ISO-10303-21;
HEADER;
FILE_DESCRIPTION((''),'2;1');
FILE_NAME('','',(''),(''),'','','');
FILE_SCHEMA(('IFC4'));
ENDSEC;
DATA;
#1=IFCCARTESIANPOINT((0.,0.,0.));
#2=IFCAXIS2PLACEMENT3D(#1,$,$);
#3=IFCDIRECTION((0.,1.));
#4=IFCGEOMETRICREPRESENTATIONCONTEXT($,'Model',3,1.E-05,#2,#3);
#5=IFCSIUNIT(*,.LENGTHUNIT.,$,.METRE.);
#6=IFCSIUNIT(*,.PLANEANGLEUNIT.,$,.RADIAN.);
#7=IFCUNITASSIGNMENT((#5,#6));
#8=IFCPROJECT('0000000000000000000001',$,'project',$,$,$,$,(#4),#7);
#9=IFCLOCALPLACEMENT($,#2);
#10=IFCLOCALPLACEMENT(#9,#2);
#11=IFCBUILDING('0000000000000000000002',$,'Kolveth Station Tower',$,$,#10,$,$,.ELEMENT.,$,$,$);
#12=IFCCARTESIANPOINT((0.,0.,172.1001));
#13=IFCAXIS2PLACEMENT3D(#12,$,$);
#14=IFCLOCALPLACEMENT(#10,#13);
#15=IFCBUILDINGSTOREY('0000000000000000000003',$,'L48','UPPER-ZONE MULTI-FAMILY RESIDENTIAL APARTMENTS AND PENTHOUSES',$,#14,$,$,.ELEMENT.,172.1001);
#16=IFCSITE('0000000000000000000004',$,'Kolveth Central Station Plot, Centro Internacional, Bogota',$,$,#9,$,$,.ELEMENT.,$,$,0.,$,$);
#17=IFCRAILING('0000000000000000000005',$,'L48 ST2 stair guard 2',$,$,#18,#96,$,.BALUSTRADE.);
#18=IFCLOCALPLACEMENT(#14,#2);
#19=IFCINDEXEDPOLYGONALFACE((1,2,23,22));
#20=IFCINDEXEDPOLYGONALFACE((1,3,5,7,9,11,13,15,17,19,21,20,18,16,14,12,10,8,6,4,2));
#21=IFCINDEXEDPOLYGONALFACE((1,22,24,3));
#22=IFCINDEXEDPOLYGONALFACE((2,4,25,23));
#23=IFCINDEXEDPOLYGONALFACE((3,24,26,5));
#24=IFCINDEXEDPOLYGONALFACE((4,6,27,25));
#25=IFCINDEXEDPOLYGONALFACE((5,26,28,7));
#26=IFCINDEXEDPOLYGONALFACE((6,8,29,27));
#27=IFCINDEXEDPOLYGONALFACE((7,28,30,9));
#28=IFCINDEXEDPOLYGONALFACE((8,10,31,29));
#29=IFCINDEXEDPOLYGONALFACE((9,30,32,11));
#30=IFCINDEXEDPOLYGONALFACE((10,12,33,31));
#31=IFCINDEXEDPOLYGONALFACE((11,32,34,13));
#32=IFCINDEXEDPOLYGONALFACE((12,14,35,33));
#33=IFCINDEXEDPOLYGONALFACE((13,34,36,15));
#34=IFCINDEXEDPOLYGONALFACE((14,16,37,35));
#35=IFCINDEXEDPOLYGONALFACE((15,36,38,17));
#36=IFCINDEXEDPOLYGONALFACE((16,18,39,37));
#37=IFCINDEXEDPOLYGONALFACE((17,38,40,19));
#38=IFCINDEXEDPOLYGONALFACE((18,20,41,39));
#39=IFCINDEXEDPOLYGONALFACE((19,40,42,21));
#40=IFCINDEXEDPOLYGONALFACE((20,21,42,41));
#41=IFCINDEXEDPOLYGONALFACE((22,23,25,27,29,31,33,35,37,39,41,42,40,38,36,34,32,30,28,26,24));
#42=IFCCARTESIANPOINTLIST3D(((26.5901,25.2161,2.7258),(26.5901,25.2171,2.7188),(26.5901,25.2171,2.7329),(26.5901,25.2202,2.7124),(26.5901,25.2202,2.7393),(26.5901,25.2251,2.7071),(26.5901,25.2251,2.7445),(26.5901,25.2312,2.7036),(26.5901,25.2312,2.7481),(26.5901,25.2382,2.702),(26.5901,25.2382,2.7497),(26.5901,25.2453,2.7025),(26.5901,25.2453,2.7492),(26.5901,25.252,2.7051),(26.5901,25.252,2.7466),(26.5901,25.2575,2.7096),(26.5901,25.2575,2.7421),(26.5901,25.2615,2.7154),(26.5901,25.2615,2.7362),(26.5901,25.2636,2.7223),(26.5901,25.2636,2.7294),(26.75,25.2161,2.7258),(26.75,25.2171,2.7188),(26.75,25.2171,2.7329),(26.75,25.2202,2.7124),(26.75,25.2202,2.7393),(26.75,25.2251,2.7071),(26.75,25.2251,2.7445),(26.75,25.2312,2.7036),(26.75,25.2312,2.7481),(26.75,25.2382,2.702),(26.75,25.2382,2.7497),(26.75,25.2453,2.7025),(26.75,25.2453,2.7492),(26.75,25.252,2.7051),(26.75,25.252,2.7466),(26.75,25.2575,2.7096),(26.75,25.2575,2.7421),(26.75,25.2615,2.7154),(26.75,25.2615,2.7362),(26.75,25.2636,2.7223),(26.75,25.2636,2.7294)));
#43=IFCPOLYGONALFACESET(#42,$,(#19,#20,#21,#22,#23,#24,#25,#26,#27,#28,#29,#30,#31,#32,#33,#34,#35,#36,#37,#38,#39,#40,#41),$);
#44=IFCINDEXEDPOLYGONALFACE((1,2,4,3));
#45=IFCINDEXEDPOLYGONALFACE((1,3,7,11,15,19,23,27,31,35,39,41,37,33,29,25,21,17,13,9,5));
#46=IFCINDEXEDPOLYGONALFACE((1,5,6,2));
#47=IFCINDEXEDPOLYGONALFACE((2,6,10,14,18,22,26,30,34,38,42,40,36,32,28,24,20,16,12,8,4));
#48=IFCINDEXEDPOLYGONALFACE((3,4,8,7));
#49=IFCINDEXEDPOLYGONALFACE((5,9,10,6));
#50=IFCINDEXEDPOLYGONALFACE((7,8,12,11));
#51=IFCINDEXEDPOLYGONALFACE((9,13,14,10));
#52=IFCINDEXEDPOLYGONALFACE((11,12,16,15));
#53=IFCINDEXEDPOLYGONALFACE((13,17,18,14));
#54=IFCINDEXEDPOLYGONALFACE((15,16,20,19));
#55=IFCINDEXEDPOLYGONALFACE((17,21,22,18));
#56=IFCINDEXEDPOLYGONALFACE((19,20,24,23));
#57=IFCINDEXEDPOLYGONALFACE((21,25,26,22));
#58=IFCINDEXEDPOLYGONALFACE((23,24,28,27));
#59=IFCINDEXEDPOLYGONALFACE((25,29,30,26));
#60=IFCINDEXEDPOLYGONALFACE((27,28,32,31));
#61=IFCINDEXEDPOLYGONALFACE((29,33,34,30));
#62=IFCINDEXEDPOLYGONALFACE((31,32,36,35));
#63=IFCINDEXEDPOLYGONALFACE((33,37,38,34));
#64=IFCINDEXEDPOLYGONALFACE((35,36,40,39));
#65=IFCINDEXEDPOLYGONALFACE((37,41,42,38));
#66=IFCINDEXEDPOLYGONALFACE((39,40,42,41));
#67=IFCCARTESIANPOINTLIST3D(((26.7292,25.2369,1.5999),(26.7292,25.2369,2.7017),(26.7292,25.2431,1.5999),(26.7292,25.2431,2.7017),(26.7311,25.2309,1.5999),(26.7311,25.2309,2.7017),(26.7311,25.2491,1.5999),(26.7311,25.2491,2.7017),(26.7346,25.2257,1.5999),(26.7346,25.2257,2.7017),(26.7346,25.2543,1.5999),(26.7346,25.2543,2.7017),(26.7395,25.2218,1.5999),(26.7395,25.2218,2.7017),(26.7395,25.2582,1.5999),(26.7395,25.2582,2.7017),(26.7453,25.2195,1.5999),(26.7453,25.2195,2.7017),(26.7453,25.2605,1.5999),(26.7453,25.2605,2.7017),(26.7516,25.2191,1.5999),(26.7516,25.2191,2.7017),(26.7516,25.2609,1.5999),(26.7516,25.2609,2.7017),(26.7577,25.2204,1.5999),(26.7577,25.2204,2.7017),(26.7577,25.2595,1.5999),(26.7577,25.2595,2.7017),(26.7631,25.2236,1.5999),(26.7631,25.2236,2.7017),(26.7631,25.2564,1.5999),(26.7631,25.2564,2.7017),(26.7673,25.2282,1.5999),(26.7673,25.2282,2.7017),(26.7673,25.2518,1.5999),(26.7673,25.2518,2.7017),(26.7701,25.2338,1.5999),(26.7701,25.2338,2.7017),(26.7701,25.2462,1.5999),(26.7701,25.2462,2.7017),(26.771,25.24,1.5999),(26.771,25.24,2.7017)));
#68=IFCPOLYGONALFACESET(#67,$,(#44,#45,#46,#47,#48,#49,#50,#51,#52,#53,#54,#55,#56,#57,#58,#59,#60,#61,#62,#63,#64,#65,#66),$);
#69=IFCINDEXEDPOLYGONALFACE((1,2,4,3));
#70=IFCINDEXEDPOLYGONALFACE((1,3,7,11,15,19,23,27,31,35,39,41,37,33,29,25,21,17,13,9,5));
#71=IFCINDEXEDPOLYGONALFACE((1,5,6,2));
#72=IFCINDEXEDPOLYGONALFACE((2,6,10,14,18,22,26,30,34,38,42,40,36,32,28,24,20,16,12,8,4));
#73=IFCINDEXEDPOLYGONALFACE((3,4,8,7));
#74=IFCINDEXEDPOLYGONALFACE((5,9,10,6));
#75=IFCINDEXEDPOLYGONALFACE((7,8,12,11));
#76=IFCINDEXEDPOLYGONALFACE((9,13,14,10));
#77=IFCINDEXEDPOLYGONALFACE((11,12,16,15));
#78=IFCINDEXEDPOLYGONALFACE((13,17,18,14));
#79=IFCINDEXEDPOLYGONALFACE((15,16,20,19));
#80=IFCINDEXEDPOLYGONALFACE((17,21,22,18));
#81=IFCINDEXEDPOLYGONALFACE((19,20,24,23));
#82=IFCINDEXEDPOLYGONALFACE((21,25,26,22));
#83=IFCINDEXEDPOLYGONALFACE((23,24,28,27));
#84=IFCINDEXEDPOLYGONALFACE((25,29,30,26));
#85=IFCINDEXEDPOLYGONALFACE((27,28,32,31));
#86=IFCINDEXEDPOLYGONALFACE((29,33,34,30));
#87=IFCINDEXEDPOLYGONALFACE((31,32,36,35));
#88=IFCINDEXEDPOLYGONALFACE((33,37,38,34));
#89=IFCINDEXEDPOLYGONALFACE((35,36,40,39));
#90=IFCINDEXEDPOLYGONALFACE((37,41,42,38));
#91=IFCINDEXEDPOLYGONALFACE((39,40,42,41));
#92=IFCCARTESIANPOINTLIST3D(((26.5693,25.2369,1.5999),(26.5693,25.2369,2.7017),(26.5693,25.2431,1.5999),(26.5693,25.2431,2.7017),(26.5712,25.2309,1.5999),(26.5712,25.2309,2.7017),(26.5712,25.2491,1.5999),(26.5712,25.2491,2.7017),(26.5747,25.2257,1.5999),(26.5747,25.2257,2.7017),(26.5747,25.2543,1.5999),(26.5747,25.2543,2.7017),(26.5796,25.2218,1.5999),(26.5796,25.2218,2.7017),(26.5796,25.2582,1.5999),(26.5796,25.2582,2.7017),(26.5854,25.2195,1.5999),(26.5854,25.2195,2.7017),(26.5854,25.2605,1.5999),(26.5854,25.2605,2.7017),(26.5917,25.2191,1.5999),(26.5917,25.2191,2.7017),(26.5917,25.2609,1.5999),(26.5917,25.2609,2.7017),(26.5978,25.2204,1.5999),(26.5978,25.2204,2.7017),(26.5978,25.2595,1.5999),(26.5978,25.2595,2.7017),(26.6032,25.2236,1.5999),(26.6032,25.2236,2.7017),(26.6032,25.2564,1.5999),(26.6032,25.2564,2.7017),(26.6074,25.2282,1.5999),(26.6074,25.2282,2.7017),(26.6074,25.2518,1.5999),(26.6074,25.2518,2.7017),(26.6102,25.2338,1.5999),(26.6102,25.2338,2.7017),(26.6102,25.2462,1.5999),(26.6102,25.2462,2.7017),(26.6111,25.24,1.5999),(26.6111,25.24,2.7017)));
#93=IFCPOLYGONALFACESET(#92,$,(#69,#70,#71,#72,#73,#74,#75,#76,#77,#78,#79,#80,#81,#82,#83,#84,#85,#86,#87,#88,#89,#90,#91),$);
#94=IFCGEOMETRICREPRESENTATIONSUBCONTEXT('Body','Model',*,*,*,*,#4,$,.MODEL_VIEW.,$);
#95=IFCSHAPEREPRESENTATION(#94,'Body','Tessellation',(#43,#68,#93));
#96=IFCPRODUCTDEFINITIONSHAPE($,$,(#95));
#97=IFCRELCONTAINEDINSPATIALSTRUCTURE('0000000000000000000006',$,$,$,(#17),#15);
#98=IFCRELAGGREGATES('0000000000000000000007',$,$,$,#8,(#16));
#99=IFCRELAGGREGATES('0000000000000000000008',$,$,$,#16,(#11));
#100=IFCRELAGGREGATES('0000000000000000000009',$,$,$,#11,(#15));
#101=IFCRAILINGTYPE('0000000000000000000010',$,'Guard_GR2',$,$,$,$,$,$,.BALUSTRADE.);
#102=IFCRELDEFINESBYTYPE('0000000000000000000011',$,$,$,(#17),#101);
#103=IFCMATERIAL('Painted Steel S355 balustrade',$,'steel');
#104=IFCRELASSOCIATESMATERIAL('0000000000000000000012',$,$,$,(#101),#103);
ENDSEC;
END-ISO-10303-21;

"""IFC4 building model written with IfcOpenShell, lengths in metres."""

from ifc_helpers import new_model, si_unit, direction, frame, origin, origin_2d, place, context, subcontext, project, spatial, circle, extrude, material, type_object, element, save


model = new_model("IFC4")

# Units and contexts
model_context = context("Model", 3, precision=1e-05, world=origin(), true_north=direction((0.0, 1.0)))
body_context = subcontext(model_context, "Body", "Model", "MODEL_VIEW")
ifc_project = project(units=[si_unit("LENGTHUNIT", "METRE"), si_unit("PLANEANGLEUNIT", "RADIAN")], contexts=[model_context])

# Site, building, storey
site_placement = place(None, origin())
site = spatial("IfcSite", under=ifc_project, at=site_placement, Name="Kolveth Central Station Plot, Centro Internacional, Bogota", CompositionType="ELEMENT", RefElevation=0.0)
building_placement = place(site_placement, origin())
building = spatial("IfcBuilding", under=site, at=building_placement, Name="Kolveth Station Tower", CompositionType="ELEMENT")
storey_placement = place(building_placement, frame((0.0, 0.0, 172.1001)))
storey = spatial("IfcBuildingStorey", under=building, at=storey_placement, Name="L48", Description="UPPER-ZONE MULTI-FAMILY RESIDENTIAL APARTMENTS AND PENTHOUSES", CompositionType="ELEMENT", Elevation=172.1001)

# Railing
ifc_material_1 = material(Name="Painted Steel S355 balustrade", Category="steel")
railing_type_1 = type_object("IfcRailingType", Name="Guard_GR2", PredefinedType="BALUSTRADE", material=ifc_material_1)
railing_1_placement = place(storey_placement, frame((26.75, 25.24, 1.5999)))
element("IfcRailing", 1, at=railing_1_placement, inside=storey, type_object=railing_type_1, Name="L48 ST2 stair guard 2", PredefinedType="BALUSTRADE", context=body_context, shape_type="SweptSolid", body=[
    extrude(circle(Radius=0.0239, at=origin_2d()), frame((0.0, 0.0, 1.126), z_axis=(-1.0, 0.0, 0.0), x_axis=(0.0, -1.0, 0.0)), (0.0, 0.0, 1.0), 0.1599),
    extrude(circle(Radius=0.021, at=origin_2d()), origin(), (0.0, 0.0, 1.0), 1.1018),
    extrude(circle(Radius=0.021, at=origin_2d()), frame((-0.1599, 0.0, 0.0)), (0.0, 0.0, 1.0), 1.1018),
])

save(model, "model.ifc")
